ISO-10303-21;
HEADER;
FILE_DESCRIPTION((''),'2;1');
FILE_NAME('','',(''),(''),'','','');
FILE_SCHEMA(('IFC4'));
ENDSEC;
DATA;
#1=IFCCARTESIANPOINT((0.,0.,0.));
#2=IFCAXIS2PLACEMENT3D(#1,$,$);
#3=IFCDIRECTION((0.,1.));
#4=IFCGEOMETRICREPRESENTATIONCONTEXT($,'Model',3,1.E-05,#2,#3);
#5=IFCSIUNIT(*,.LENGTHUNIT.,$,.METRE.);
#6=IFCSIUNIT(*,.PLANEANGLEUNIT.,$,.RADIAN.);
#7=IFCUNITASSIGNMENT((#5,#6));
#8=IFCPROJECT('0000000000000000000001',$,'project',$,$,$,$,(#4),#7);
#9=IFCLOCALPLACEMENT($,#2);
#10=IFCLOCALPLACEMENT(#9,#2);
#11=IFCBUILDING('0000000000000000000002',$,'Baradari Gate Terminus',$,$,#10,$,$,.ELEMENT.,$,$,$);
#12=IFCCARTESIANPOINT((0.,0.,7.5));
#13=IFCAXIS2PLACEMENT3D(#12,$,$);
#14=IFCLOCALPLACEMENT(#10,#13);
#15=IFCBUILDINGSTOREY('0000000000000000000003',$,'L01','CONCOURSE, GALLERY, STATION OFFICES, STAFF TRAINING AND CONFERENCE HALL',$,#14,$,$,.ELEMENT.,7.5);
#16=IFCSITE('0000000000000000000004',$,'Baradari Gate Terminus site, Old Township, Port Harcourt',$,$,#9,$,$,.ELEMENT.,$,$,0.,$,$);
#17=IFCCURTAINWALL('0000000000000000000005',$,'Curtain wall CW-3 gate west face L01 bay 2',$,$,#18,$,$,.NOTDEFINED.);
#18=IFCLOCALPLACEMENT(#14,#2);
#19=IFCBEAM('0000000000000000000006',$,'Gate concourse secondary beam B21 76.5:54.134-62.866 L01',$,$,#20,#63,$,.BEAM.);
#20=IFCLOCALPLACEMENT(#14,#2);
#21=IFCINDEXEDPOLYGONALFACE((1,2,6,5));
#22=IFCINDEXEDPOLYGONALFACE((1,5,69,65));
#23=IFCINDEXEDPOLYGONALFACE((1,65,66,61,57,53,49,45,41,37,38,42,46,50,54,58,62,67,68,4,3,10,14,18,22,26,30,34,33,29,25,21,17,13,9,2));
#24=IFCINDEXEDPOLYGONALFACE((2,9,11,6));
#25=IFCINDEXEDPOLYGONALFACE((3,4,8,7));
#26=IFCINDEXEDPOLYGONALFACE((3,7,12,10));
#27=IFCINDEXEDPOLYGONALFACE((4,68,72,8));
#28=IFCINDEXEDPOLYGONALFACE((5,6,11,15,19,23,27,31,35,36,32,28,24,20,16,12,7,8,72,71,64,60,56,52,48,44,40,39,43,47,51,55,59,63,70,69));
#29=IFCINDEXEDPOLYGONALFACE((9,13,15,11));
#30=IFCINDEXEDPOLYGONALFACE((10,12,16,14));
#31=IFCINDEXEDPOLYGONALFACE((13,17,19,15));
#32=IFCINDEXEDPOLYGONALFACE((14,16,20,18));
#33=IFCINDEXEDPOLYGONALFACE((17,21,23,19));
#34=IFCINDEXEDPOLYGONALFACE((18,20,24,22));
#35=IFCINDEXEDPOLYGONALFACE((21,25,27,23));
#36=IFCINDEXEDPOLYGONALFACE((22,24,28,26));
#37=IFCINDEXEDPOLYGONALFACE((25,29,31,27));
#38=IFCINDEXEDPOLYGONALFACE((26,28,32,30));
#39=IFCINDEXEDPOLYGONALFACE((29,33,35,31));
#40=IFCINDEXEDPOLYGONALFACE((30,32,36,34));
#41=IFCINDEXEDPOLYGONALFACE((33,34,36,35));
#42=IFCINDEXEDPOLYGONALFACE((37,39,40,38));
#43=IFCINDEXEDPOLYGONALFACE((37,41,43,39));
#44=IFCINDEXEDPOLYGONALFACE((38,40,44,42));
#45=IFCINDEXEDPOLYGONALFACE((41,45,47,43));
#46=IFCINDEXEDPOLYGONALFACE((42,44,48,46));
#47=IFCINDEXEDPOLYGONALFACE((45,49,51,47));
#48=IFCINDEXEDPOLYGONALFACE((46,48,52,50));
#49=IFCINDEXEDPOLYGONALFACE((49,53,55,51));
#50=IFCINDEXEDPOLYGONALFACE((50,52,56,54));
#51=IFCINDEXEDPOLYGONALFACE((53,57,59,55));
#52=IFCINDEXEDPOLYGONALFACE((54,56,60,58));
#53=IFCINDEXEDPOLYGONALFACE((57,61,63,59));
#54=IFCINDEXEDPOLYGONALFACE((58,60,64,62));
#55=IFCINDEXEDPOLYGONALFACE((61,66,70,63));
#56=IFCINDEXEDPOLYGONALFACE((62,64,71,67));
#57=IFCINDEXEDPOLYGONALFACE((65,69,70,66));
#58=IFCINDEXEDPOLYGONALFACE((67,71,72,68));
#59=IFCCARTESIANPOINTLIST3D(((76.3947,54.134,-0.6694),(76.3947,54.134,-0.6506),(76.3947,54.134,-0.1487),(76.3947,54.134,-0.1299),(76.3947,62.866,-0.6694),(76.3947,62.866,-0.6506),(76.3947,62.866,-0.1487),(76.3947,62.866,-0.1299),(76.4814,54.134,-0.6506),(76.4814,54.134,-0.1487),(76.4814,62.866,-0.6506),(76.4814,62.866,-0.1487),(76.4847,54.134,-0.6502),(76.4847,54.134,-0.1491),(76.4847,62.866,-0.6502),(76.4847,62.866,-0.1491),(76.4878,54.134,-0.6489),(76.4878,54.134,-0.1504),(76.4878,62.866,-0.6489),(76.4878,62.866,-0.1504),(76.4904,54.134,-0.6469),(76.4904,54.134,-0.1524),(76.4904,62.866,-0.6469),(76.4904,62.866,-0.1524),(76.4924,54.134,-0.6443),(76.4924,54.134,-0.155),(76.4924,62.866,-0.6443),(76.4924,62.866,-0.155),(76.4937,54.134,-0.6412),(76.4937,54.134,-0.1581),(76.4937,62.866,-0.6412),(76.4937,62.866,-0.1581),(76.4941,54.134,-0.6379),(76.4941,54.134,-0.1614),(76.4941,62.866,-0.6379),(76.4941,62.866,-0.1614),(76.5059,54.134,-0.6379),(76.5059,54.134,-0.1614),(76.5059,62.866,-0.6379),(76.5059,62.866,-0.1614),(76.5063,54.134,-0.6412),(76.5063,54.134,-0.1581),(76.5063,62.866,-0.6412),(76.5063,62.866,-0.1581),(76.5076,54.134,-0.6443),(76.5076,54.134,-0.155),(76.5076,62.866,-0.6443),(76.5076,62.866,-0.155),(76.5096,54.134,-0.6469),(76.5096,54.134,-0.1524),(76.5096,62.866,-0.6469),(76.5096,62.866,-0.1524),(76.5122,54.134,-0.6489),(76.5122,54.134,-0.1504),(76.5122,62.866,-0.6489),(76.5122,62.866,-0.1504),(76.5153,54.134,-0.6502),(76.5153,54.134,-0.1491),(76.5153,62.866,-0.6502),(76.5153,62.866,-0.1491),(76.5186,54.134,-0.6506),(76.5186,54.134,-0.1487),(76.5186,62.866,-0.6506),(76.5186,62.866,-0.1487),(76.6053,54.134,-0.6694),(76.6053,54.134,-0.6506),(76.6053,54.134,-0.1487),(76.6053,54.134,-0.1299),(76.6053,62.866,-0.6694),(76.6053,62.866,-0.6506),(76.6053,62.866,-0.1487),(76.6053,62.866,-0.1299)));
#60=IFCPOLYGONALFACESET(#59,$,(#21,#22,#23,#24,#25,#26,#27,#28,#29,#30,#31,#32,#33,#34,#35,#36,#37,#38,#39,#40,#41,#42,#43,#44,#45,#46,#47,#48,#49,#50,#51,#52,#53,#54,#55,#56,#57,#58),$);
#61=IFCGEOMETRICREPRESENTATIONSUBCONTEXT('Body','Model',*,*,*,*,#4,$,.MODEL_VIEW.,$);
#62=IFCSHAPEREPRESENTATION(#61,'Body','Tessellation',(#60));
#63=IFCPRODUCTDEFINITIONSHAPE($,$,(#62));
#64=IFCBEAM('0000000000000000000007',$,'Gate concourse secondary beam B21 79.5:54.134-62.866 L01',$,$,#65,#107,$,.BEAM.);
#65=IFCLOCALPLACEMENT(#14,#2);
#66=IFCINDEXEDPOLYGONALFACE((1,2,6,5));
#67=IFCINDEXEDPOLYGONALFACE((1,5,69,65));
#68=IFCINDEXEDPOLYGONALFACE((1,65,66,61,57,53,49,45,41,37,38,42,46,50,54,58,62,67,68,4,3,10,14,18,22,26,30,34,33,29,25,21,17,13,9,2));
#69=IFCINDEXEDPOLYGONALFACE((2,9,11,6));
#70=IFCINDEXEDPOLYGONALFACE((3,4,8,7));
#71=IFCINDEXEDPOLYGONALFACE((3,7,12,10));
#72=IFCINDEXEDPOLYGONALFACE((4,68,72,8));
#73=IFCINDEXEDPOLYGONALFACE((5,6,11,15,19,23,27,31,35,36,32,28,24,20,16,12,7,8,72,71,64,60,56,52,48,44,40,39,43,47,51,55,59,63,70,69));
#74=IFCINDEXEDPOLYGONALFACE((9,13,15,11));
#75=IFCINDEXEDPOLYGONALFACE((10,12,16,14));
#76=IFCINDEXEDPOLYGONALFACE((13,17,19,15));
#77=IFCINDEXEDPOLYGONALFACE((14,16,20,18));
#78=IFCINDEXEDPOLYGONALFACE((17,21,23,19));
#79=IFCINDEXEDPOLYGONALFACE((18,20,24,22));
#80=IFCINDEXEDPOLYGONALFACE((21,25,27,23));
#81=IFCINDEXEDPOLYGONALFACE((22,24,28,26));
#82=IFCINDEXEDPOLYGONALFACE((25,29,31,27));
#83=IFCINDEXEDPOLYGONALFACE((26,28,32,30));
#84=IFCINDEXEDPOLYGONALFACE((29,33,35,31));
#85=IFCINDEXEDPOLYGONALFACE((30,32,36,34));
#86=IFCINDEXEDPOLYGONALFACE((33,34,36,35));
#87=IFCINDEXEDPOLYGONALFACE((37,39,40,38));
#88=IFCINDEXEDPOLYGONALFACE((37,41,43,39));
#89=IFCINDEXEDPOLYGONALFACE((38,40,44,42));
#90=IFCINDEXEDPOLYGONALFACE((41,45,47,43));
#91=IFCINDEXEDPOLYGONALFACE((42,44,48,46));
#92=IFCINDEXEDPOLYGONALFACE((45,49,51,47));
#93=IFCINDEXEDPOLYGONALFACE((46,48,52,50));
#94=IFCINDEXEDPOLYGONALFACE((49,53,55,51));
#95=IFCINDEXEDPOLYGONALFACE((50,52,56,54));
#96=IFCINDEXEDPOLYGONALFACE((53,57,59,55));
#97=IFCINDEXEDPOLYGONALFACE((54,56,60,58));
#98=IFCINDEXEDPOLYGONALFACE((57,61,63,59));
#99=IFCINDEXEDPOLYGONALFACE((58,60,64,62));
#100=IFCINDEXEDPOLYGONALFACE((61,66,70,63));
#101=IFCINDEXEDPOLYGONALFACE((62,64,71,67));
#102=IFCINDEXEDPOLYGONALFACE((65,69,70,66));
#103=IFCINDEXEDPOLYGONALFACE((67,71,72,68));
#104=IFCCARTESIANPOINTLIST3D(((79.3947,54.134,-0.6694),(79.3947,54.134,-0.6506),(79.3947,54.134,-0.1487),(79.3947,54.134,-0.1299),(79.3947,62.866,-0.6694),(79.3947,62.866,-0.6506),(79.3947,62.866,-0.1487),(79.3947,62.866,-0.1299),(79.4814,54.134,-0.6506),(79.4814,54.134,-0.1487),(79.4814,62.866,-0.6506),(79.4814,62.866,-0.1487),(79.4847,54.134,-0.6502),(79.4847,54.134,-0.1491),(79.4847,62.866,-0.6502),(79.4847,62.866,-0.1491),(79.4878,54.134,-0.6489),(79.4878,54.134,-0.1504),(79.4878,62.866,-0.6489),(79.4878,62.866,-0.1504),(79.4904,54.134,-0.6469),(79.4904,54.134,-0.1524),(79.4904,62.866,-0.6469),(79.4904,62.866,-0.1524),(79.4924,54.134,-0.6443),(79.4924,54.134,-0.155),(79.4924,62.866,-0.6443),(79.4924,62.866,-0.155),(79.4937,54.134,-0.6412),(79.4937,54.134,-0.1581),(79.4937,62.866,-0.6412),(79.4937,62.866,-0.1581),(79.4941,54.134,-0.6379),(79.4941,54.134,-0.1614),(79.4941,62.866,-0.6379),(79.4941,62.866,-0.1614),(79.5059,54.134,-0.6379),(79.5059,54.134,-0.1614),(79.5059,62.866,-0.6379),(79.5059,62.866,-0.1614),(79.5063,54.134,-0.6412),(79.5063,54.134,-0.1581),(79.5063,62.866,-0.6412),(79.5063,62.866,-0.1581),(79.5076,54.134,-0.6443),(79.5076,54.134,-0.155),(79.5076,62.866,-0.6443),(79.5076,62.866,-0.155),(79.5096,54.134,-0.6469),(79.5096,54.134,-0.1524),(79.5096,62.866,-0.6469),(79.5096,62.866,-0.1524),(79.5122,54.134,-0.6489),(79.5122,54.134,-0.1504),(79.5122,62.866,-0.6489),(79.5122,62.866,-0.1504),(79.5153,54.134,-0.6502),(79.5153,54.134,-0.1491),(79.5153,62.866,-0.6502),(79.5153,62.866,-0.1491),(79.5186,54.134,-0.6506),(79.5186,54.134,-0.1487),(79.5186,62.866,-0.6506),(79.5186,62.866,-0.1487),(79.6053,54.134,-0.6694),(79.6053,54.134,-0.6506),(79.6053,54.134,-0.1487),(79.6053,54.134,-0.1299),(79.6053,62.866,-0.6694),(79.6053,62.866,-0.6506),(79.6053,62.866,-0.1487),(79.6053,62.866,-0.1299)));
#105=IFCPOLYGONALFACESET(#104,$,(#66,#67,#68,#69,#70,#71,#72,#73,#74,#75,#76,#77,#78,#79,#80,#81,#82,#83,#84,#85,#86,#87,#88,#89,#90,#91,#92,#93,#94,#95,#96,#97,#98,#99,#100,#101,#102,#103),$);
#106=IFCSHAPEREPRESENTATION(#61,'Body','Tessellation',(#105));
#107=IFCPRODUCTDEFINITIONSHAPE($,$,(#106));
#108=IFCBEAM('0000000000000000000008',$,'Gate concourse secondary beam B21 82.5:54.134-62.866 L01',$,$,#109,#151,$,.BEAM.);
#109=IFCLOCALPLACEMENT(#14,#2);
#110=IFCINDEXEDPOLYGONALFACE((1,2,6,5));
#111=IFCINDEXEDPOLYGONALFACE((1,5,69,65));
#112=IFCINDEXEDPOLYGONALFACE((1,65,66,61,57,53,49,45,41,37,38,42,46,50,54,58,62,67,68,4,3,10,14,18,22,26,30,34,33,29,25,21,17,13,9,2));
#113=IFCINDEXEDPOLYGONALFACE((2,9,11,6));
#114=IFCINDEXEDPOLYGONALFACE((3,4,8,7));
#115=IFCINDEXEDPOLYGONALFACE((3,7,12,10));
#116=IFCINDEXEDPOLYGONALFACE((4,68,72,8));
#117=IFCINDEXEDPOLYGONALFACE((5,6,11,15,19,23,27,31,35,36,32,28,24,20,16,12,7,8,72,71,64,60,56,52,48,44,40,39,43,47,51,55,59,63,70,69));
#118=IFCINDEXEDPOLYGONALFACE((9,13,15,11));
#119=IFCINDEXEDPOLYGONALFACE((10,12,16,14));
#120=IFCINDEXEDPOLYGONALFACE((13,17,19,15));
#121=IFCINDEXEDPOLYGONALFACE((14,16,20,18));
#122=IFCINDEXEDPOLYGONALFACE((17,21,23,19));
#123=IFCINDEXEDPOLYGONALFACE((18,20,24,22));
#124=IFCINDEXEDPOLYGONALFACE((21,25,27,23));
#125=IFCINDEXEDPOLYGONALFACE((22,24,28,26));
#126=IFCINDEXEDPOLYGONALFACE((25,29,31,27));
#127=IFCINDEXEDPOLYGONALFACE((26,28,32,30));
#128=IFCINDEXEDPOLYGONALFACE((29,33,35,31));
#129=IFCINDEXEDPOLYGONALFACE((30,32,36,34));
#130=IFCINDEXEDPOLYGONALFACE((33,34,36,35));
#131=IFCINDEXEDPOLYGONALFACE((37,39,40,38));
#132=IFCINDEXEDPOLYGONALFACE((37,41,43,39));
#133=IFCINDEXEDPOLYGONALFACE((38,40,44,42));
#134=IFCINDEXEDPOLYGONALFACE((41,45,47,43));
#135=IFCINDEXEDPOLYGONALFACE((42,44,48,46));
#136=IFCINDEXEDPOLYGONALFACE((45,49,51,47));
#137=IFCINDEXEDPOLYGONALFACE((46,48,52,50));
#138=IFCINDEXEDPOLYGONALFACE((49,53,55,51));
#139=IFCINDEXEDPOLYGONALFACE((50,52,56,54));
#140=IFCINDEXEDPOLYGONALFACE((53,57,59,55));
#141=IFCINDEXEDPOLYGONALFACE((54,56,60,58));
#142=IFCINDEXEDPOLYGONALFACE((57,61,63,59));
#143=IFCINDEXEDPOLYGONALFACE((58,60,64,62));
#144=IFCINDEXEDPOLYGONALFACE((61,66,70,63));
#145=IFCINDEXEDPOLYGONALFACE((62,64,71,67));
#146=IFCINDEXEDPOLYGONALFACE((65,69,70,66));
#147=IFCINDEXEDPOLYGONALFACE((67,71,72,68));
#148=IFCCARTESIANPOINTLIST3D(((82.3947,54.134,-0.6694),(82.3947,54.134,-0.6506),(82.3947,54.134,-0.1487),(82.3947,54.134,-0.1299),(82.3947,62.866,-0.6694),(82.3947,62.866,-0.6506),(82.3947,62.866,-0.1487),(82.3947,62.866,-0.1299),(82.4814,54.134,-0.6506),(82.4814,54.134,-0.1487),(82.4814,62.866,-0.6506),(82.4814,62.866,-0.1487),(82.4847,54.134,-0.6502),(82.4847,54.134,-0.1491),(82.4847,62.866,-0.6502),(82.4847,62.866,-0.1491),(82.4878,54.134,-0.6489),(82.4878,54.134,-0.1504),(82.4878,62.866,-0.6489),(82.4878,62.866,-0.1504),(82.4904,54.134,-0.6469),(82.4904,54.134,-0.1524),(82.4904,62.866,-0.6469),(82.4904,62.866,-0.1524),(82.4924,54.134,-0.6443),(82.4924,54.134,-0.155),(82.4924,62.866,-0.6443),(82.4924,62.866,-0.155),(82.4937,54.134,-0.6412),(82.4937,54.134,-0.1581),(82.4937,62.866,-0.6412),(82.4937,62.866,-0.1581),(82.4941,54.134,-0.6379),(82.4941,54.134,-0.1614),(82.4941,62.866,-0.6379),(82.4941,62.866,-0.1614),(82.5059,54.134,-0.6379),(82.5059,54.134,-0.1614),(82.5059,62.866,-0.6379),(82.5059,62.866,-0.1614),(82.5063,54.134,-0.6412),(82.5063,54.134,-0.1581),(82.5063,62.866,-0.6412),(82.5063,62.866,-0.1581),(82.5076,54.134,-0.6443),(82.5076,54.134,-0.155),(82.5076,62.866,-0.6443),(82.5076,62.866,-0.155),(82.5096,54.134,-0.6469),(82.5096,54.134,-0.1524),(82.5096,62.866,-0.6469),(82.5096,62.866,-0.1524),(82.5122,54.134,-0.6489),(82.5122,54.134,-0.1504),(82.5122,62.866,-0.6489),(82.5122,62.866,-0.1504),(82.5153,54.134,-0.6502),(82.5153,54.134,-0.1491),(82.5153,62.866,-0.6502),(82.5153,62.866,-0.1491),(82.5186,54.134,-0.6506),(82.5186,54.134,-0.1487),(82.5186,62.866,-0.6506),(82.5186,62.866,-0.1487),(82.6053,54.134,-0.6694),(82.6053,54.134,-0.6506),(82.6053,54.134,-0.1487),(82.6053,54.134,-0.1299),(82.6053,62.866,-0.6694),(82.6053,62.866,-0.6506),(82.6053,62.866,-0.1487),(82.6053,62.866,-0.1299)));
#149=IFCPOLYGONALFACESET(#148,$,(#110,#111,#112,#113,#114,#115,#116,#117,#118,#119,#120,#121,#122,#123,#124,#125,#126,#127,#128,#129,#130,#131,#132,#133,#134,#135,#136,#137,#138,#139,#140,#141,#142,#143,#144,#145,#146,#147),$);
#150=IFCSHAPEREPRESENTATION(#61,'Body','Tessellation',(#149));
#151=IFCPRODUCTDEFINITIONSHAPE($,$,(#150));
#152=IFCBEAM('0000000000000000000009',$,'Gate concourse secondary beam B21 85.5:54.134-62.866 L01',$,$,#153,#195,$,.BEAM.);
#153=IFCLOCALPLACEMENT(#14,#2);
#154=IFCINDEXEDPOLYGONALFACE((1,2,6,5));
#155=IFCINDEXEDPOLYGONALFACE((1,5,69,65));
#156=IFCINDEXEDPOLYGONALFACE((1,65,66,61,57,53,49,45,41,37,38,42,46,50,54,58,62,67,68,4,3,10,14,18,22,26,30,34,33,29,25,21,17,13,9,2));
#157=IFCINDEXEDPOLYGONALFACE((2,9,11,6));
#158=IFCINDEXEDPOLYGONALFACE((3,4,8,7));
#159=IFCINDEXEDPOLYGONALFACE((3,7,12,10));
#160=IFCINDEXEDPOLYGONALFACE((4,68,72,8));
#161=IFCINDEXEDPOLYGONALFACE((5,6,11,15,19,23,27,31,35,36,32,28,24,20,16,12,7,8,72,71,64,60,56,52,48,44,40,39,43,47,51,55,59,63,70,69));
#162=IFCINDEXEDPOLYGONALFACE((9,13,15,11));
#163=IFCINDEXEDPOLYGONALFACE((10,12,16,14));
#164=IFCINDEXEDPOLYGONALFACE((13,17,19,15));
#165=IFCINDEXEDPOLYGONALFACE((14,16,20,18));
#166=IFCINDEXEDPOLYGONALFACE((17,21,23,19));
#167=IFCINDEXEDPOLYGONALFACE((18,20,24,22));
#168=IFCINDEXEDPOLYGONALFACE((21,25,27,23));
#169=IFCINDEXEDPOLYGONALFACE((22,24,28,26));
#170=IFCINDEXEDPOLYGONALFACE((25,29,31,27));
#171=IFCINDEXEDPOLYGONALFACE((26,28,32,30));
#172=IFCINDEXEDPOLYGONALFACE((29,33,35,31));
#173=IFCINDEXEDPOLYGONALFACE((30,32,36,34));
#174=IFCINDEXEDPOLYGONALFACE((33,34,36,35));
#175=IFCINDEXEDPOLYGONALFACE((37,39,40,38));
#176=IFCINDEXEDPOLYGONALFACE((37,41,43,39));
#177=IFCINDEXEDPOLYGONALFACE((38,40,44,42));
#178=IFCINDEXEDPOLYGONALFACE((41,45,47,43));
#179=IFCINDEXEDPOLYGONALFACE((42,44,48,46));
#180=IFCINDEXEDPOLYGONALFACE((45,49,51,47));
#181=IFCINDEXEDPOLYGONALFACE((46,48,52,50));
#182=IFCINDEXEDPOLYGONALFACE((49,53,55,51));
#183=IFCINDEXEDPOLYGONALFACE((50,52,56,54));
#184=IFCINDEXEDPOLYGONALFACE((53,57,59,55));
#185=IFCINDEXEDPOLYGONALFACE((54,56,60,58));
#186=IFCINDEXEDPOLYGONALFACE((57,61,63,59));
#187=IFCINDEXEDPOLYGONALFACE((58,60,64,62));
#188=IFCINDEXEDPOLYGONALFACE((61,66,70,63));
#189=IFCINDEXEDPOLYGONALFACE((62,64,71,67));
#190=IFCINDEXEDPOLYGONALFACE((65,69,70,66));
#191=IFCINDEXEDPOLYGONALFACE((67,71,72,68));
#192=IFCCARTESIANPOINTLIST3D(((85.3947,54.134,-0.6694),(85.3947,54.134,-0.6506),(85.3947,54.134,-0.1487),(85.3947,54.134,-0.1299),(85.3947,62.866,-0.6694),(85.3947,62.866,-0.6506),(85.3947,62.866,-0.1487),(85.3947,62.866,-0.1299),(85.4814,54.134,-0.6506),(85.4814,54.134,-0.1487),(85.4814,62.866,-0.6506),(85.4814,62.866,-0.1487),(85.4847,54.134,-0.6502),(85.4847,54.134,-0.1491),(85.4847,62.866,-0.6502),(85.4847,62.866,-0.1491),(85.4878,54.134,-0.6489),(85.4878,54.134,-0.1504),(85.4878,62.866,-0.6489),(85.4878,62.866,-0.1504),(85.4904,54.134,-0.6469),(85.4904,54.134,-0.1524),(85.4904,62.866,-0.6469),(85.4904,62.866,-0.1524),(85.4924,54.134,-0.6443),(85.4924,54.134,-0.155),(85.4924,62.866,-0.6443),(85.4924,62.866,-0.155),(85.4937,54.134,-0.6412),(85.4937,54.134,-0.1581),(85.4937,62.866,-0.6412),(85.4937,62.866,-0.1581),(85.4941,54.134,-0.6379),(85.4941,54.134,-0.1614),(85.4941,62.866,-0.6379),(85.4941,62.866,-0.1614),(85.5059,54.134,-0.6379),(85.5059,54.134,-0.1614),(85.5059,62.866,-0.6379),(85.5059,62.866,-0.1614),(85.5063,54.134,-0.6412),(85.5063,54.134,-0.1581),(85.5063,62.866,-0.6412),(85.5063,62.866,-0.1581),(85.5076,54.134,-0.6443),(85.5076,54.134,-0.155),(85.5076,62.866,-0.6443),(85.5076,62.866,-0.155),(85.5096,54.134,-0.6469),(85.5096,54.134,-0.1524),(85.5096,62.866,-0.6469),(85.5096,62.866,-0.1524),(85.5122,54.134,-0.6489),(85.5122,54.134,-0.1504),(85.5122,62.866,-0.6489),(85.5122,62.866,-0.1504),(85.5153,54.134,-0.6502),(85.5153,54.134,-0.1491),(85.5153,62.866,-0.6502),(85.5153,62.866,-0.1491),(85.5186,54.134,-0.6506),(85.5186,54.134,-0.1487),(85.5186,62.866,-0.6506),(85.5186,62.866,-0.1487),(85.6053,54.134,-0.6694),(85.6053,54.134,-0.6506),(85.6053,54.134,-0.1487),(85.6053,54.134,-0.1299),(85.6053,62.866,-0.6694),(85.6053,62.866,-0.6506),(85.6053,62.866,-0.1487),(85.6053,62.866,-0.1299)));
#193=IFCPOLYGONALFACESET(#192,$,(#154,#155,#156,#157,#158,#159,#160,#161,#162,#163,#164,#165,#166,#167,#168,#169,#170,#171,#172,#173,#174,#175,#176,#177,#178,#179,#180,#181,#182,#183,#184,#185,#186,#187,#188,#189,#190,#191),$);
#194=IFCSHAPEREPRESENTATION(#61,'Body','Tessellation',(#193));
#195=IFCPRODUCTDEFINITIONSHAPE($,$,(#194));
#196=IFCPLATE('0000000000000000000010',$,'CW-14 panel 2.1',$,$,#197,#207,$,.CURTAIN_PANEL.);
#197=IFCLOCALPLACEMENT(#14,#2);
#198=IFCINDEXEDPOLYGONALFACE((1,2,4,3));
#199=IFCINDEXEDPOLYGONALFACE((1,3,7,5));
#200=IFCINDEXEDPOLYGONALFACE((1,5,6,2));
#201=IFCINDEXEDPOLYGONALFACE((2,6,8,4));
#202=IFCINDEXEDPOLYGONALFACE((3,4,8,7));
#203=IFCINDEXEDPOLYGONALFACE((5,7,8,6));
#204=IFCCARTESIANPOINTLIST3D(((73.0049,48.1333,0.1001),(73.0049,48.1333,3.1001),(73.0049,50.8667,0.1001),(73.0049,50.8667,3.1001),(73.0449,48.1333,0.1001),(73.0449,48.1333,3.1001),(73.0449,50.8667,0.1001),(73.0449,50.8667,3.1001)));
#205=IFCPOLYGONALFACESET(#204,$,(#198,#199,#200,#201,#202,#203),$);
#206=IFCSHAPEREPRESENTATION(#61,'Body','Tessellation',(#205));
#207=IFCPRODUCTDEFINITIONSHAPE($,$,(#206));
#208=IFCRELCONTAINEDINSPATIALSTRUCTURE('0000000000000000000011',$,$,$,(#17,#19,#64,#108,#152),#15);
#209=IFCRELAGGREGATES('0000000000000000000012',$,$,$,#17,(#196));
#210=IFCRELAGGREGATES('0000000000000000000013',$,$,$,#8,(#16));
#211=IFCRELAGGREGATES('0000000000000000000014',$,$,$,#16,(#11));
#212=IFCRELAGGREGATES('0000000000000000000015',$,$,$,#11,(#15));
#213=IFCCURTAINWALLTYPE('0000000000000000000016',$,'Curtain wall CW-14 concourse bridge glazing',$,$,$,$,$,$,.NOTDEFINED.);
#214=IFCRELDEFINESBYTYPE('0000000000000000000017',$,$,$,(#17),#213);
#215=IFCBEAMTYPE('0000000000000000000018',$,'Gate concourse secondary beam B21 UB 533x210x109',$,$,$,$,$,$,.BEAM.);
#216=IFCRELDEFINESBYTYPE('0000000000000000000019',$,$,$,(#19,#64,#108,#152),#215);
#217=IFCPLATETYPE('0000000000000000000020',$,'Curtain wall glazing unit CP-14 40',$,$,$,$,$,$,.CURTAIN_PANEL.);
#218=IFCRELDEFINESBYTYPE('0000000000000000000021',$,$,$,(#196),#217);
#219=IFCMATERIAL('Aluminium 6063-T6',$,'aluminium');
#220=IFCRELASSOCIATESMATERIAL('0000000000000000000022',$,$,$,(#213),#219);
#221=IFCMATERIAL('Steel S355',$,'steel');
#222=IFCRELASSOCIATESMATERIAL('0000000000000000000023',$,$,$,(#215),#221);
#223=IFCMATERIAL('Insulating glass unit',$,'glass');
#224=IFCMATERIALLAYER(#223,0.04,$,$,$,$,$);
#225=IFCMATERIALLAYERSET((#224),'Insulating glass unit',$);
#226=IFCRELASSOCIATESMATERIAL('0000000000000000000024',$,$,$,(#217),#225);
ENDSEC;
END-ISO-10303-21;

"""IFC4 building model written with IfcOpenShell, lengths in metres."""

from ifc_helpers import new_model, si_unit, direction, frame, origin, origin_2d, place, context, subcontext, project, spatial, rectangle, i_section, extrude, material, layer, layer_set, material_profile, profile_set, type_object, element, aggregate, save


model = new_model("IFC4")

# Units and contexts
model_context = context("Model", 3, precision=1e-05, world=origin(), true_north=direction((0.0, 1.0)))
body_context = subcontext(model_context, "Body", "Model", "MODEL_VIEW")
ifc_project = project(units=[si_unit("LENGTHUNIT", "METRE"), si_unit("PLANEANGLEUNIT", "RADIAN")], contexts=[model_context])

# Site, building, storey
site_placement = place(None, origin())
site = spatial("IfcSite", under=ifc_project, at=site_placement, Name="Baradari Gate Terminus site, Old Township, Port Harcourt", CompositionType="ELEMENT", RefElevation=0.0)
building_placement = place(site_placement, origin())
building = spatial("IfcBuilding", under=site, at=building_placement, Name="Baradari Gate Terminus", CompositionType="ELEMENT")
storey_placement = place(building_placement, frame((0.0, 0.0, 7.5)))
storey = spatial("IfcBuildingStorey", under=building, at=storey_placement, Name="L01", Description="CONCOURSE, GALLERY, STATION OFFICES, STAFF TRAINING AND CONFERENCE HALL", CompositionType="ELEMENT", Elevation=7.5)

# Curtain wall
ifc_material_1 = material(Name="Aluminium 6063-T6", Category="aluminium")
curtain_wall_type = type_object("IfcCurtainWallType", Name="Curtain wall CW-14 concourse bridge glazing", PredefinedType="NOTDEFINED", material=ifc_material_1)
curtain_wall_1_placement = place(storey_placement, origin())
curtain_wall_1 = element("IfcCurtainWall", 1, at=curtain_wall_1_placement, inside=storey, type_object=curtain_wall_type, Name="Curtain wall CW-3 gate west face L01 bay 2", PredefinedType="NOTDEFINED")

# Beams
ifc_material_2 = material(Name="Steel S355", Category="steel")
ifc_material_profile_1 = material_profile(ifc_material_2, i_section(OverallWidth=0.2107, OverallDepth=0.5396, WebThickness=0.0117, FlangeThickness=0.0188, FilletRadius=0.0127, at=origin_2d()), Name="UB 533x210x109")
ifc_profile_set_1 = profile_set([ifc_material_profile_1], Name="Steel S355")
beam_type = type_object("IfcBeamType", Name="Gate concourse secondary beam B21 UB 533x210x109", PredefinedType="BEAM", material=ifc_profile_set_1)
for number, where, z_axis, x_axis, name in (
    (2, (76.5, 54.134, -0.3997), (0.0, 1.0, 0.0), (-1.0, 0.0, 0.0), "Gate concourse secondary beam B21 76.5:54.134-62.866 L01"),
    (3, (79.5, 54.134, -0.3997), (0.0, 1.0, 0.0), (-1.0, 0.0, 0.0), "Gate concourse secondary beam B21 79.5:54.134-62.866 L01"),
    (4, (82.5, 54.134, -0.3997), (0.0, 1.0, 0.0), (-1.0, 0.0, 0.0), "Gate concourse secondary beam B21 82.5:54.134-62.866 L01"),
    (5, (85.5, 54.134, -0.3997), (0.0, 1.0, 0.0), (-1.0, 0.0, 0.0), "Gate concourse secondary beam B21 85.5:54.134-62.866 L01"),
):
    element("IfcBeam", number, at=place(storey_placement, frame(where, z_axis=z_axis, x_axis=x_axis)), inside=storey, type_object=beam_type, Name=name, PredefinedType="BEAM", context=body_context, shape_type="SweptSolid", body=[
        extrude(i_section(OverallWidth=0.2107, OverallDepth=0.5396, WebThickness=0.0117, FlangeThickness=0.0188, FilletRadius=0.0127, at=origin_2d()), origin(), (0.0, 0.0, 1.0), 8.7319),
    ])

# Plate
ifc_material_3 = material(Name="Insulating glass unit", Category="glass")
ifc_layer_1 = layer(ifc_material_3, 0.04)
ifc_layer_set_1 = layer_set([ifc_layer_1], Name="Insulating glass unit")
plate_type_1 = type_object("IfcPlateType", Name="Curtain wall glazing unit CP-14 40", PredefinedType="CURTAIN_PANEL", material=ifc_layer_set_1)
plate_1_placement = place(storey_placement, frame((73.0249, 49.5, 0.1001), z_axis=(0.0, 0.0, 1.0), x_axis=(0.0, 1.0, 0.0)))
plate_1 = element("IfcPlate", 6, at=plate_1_placement, type_object=plate_type_1, Name="CW-14 panel 2.1", PredefinedType="CURTAIN_PANEL", context=body_context, shape_type="SweptSolid", body=[
    extrude(rectangle(XDim=2.7334, YDim=0.04, at=origin_2d()), origin(), (0.0, 0.0, 1.0), 3.0),
])
aggregate(curtain_wall_1, [plate_1])

save(model, "model.ifc")
